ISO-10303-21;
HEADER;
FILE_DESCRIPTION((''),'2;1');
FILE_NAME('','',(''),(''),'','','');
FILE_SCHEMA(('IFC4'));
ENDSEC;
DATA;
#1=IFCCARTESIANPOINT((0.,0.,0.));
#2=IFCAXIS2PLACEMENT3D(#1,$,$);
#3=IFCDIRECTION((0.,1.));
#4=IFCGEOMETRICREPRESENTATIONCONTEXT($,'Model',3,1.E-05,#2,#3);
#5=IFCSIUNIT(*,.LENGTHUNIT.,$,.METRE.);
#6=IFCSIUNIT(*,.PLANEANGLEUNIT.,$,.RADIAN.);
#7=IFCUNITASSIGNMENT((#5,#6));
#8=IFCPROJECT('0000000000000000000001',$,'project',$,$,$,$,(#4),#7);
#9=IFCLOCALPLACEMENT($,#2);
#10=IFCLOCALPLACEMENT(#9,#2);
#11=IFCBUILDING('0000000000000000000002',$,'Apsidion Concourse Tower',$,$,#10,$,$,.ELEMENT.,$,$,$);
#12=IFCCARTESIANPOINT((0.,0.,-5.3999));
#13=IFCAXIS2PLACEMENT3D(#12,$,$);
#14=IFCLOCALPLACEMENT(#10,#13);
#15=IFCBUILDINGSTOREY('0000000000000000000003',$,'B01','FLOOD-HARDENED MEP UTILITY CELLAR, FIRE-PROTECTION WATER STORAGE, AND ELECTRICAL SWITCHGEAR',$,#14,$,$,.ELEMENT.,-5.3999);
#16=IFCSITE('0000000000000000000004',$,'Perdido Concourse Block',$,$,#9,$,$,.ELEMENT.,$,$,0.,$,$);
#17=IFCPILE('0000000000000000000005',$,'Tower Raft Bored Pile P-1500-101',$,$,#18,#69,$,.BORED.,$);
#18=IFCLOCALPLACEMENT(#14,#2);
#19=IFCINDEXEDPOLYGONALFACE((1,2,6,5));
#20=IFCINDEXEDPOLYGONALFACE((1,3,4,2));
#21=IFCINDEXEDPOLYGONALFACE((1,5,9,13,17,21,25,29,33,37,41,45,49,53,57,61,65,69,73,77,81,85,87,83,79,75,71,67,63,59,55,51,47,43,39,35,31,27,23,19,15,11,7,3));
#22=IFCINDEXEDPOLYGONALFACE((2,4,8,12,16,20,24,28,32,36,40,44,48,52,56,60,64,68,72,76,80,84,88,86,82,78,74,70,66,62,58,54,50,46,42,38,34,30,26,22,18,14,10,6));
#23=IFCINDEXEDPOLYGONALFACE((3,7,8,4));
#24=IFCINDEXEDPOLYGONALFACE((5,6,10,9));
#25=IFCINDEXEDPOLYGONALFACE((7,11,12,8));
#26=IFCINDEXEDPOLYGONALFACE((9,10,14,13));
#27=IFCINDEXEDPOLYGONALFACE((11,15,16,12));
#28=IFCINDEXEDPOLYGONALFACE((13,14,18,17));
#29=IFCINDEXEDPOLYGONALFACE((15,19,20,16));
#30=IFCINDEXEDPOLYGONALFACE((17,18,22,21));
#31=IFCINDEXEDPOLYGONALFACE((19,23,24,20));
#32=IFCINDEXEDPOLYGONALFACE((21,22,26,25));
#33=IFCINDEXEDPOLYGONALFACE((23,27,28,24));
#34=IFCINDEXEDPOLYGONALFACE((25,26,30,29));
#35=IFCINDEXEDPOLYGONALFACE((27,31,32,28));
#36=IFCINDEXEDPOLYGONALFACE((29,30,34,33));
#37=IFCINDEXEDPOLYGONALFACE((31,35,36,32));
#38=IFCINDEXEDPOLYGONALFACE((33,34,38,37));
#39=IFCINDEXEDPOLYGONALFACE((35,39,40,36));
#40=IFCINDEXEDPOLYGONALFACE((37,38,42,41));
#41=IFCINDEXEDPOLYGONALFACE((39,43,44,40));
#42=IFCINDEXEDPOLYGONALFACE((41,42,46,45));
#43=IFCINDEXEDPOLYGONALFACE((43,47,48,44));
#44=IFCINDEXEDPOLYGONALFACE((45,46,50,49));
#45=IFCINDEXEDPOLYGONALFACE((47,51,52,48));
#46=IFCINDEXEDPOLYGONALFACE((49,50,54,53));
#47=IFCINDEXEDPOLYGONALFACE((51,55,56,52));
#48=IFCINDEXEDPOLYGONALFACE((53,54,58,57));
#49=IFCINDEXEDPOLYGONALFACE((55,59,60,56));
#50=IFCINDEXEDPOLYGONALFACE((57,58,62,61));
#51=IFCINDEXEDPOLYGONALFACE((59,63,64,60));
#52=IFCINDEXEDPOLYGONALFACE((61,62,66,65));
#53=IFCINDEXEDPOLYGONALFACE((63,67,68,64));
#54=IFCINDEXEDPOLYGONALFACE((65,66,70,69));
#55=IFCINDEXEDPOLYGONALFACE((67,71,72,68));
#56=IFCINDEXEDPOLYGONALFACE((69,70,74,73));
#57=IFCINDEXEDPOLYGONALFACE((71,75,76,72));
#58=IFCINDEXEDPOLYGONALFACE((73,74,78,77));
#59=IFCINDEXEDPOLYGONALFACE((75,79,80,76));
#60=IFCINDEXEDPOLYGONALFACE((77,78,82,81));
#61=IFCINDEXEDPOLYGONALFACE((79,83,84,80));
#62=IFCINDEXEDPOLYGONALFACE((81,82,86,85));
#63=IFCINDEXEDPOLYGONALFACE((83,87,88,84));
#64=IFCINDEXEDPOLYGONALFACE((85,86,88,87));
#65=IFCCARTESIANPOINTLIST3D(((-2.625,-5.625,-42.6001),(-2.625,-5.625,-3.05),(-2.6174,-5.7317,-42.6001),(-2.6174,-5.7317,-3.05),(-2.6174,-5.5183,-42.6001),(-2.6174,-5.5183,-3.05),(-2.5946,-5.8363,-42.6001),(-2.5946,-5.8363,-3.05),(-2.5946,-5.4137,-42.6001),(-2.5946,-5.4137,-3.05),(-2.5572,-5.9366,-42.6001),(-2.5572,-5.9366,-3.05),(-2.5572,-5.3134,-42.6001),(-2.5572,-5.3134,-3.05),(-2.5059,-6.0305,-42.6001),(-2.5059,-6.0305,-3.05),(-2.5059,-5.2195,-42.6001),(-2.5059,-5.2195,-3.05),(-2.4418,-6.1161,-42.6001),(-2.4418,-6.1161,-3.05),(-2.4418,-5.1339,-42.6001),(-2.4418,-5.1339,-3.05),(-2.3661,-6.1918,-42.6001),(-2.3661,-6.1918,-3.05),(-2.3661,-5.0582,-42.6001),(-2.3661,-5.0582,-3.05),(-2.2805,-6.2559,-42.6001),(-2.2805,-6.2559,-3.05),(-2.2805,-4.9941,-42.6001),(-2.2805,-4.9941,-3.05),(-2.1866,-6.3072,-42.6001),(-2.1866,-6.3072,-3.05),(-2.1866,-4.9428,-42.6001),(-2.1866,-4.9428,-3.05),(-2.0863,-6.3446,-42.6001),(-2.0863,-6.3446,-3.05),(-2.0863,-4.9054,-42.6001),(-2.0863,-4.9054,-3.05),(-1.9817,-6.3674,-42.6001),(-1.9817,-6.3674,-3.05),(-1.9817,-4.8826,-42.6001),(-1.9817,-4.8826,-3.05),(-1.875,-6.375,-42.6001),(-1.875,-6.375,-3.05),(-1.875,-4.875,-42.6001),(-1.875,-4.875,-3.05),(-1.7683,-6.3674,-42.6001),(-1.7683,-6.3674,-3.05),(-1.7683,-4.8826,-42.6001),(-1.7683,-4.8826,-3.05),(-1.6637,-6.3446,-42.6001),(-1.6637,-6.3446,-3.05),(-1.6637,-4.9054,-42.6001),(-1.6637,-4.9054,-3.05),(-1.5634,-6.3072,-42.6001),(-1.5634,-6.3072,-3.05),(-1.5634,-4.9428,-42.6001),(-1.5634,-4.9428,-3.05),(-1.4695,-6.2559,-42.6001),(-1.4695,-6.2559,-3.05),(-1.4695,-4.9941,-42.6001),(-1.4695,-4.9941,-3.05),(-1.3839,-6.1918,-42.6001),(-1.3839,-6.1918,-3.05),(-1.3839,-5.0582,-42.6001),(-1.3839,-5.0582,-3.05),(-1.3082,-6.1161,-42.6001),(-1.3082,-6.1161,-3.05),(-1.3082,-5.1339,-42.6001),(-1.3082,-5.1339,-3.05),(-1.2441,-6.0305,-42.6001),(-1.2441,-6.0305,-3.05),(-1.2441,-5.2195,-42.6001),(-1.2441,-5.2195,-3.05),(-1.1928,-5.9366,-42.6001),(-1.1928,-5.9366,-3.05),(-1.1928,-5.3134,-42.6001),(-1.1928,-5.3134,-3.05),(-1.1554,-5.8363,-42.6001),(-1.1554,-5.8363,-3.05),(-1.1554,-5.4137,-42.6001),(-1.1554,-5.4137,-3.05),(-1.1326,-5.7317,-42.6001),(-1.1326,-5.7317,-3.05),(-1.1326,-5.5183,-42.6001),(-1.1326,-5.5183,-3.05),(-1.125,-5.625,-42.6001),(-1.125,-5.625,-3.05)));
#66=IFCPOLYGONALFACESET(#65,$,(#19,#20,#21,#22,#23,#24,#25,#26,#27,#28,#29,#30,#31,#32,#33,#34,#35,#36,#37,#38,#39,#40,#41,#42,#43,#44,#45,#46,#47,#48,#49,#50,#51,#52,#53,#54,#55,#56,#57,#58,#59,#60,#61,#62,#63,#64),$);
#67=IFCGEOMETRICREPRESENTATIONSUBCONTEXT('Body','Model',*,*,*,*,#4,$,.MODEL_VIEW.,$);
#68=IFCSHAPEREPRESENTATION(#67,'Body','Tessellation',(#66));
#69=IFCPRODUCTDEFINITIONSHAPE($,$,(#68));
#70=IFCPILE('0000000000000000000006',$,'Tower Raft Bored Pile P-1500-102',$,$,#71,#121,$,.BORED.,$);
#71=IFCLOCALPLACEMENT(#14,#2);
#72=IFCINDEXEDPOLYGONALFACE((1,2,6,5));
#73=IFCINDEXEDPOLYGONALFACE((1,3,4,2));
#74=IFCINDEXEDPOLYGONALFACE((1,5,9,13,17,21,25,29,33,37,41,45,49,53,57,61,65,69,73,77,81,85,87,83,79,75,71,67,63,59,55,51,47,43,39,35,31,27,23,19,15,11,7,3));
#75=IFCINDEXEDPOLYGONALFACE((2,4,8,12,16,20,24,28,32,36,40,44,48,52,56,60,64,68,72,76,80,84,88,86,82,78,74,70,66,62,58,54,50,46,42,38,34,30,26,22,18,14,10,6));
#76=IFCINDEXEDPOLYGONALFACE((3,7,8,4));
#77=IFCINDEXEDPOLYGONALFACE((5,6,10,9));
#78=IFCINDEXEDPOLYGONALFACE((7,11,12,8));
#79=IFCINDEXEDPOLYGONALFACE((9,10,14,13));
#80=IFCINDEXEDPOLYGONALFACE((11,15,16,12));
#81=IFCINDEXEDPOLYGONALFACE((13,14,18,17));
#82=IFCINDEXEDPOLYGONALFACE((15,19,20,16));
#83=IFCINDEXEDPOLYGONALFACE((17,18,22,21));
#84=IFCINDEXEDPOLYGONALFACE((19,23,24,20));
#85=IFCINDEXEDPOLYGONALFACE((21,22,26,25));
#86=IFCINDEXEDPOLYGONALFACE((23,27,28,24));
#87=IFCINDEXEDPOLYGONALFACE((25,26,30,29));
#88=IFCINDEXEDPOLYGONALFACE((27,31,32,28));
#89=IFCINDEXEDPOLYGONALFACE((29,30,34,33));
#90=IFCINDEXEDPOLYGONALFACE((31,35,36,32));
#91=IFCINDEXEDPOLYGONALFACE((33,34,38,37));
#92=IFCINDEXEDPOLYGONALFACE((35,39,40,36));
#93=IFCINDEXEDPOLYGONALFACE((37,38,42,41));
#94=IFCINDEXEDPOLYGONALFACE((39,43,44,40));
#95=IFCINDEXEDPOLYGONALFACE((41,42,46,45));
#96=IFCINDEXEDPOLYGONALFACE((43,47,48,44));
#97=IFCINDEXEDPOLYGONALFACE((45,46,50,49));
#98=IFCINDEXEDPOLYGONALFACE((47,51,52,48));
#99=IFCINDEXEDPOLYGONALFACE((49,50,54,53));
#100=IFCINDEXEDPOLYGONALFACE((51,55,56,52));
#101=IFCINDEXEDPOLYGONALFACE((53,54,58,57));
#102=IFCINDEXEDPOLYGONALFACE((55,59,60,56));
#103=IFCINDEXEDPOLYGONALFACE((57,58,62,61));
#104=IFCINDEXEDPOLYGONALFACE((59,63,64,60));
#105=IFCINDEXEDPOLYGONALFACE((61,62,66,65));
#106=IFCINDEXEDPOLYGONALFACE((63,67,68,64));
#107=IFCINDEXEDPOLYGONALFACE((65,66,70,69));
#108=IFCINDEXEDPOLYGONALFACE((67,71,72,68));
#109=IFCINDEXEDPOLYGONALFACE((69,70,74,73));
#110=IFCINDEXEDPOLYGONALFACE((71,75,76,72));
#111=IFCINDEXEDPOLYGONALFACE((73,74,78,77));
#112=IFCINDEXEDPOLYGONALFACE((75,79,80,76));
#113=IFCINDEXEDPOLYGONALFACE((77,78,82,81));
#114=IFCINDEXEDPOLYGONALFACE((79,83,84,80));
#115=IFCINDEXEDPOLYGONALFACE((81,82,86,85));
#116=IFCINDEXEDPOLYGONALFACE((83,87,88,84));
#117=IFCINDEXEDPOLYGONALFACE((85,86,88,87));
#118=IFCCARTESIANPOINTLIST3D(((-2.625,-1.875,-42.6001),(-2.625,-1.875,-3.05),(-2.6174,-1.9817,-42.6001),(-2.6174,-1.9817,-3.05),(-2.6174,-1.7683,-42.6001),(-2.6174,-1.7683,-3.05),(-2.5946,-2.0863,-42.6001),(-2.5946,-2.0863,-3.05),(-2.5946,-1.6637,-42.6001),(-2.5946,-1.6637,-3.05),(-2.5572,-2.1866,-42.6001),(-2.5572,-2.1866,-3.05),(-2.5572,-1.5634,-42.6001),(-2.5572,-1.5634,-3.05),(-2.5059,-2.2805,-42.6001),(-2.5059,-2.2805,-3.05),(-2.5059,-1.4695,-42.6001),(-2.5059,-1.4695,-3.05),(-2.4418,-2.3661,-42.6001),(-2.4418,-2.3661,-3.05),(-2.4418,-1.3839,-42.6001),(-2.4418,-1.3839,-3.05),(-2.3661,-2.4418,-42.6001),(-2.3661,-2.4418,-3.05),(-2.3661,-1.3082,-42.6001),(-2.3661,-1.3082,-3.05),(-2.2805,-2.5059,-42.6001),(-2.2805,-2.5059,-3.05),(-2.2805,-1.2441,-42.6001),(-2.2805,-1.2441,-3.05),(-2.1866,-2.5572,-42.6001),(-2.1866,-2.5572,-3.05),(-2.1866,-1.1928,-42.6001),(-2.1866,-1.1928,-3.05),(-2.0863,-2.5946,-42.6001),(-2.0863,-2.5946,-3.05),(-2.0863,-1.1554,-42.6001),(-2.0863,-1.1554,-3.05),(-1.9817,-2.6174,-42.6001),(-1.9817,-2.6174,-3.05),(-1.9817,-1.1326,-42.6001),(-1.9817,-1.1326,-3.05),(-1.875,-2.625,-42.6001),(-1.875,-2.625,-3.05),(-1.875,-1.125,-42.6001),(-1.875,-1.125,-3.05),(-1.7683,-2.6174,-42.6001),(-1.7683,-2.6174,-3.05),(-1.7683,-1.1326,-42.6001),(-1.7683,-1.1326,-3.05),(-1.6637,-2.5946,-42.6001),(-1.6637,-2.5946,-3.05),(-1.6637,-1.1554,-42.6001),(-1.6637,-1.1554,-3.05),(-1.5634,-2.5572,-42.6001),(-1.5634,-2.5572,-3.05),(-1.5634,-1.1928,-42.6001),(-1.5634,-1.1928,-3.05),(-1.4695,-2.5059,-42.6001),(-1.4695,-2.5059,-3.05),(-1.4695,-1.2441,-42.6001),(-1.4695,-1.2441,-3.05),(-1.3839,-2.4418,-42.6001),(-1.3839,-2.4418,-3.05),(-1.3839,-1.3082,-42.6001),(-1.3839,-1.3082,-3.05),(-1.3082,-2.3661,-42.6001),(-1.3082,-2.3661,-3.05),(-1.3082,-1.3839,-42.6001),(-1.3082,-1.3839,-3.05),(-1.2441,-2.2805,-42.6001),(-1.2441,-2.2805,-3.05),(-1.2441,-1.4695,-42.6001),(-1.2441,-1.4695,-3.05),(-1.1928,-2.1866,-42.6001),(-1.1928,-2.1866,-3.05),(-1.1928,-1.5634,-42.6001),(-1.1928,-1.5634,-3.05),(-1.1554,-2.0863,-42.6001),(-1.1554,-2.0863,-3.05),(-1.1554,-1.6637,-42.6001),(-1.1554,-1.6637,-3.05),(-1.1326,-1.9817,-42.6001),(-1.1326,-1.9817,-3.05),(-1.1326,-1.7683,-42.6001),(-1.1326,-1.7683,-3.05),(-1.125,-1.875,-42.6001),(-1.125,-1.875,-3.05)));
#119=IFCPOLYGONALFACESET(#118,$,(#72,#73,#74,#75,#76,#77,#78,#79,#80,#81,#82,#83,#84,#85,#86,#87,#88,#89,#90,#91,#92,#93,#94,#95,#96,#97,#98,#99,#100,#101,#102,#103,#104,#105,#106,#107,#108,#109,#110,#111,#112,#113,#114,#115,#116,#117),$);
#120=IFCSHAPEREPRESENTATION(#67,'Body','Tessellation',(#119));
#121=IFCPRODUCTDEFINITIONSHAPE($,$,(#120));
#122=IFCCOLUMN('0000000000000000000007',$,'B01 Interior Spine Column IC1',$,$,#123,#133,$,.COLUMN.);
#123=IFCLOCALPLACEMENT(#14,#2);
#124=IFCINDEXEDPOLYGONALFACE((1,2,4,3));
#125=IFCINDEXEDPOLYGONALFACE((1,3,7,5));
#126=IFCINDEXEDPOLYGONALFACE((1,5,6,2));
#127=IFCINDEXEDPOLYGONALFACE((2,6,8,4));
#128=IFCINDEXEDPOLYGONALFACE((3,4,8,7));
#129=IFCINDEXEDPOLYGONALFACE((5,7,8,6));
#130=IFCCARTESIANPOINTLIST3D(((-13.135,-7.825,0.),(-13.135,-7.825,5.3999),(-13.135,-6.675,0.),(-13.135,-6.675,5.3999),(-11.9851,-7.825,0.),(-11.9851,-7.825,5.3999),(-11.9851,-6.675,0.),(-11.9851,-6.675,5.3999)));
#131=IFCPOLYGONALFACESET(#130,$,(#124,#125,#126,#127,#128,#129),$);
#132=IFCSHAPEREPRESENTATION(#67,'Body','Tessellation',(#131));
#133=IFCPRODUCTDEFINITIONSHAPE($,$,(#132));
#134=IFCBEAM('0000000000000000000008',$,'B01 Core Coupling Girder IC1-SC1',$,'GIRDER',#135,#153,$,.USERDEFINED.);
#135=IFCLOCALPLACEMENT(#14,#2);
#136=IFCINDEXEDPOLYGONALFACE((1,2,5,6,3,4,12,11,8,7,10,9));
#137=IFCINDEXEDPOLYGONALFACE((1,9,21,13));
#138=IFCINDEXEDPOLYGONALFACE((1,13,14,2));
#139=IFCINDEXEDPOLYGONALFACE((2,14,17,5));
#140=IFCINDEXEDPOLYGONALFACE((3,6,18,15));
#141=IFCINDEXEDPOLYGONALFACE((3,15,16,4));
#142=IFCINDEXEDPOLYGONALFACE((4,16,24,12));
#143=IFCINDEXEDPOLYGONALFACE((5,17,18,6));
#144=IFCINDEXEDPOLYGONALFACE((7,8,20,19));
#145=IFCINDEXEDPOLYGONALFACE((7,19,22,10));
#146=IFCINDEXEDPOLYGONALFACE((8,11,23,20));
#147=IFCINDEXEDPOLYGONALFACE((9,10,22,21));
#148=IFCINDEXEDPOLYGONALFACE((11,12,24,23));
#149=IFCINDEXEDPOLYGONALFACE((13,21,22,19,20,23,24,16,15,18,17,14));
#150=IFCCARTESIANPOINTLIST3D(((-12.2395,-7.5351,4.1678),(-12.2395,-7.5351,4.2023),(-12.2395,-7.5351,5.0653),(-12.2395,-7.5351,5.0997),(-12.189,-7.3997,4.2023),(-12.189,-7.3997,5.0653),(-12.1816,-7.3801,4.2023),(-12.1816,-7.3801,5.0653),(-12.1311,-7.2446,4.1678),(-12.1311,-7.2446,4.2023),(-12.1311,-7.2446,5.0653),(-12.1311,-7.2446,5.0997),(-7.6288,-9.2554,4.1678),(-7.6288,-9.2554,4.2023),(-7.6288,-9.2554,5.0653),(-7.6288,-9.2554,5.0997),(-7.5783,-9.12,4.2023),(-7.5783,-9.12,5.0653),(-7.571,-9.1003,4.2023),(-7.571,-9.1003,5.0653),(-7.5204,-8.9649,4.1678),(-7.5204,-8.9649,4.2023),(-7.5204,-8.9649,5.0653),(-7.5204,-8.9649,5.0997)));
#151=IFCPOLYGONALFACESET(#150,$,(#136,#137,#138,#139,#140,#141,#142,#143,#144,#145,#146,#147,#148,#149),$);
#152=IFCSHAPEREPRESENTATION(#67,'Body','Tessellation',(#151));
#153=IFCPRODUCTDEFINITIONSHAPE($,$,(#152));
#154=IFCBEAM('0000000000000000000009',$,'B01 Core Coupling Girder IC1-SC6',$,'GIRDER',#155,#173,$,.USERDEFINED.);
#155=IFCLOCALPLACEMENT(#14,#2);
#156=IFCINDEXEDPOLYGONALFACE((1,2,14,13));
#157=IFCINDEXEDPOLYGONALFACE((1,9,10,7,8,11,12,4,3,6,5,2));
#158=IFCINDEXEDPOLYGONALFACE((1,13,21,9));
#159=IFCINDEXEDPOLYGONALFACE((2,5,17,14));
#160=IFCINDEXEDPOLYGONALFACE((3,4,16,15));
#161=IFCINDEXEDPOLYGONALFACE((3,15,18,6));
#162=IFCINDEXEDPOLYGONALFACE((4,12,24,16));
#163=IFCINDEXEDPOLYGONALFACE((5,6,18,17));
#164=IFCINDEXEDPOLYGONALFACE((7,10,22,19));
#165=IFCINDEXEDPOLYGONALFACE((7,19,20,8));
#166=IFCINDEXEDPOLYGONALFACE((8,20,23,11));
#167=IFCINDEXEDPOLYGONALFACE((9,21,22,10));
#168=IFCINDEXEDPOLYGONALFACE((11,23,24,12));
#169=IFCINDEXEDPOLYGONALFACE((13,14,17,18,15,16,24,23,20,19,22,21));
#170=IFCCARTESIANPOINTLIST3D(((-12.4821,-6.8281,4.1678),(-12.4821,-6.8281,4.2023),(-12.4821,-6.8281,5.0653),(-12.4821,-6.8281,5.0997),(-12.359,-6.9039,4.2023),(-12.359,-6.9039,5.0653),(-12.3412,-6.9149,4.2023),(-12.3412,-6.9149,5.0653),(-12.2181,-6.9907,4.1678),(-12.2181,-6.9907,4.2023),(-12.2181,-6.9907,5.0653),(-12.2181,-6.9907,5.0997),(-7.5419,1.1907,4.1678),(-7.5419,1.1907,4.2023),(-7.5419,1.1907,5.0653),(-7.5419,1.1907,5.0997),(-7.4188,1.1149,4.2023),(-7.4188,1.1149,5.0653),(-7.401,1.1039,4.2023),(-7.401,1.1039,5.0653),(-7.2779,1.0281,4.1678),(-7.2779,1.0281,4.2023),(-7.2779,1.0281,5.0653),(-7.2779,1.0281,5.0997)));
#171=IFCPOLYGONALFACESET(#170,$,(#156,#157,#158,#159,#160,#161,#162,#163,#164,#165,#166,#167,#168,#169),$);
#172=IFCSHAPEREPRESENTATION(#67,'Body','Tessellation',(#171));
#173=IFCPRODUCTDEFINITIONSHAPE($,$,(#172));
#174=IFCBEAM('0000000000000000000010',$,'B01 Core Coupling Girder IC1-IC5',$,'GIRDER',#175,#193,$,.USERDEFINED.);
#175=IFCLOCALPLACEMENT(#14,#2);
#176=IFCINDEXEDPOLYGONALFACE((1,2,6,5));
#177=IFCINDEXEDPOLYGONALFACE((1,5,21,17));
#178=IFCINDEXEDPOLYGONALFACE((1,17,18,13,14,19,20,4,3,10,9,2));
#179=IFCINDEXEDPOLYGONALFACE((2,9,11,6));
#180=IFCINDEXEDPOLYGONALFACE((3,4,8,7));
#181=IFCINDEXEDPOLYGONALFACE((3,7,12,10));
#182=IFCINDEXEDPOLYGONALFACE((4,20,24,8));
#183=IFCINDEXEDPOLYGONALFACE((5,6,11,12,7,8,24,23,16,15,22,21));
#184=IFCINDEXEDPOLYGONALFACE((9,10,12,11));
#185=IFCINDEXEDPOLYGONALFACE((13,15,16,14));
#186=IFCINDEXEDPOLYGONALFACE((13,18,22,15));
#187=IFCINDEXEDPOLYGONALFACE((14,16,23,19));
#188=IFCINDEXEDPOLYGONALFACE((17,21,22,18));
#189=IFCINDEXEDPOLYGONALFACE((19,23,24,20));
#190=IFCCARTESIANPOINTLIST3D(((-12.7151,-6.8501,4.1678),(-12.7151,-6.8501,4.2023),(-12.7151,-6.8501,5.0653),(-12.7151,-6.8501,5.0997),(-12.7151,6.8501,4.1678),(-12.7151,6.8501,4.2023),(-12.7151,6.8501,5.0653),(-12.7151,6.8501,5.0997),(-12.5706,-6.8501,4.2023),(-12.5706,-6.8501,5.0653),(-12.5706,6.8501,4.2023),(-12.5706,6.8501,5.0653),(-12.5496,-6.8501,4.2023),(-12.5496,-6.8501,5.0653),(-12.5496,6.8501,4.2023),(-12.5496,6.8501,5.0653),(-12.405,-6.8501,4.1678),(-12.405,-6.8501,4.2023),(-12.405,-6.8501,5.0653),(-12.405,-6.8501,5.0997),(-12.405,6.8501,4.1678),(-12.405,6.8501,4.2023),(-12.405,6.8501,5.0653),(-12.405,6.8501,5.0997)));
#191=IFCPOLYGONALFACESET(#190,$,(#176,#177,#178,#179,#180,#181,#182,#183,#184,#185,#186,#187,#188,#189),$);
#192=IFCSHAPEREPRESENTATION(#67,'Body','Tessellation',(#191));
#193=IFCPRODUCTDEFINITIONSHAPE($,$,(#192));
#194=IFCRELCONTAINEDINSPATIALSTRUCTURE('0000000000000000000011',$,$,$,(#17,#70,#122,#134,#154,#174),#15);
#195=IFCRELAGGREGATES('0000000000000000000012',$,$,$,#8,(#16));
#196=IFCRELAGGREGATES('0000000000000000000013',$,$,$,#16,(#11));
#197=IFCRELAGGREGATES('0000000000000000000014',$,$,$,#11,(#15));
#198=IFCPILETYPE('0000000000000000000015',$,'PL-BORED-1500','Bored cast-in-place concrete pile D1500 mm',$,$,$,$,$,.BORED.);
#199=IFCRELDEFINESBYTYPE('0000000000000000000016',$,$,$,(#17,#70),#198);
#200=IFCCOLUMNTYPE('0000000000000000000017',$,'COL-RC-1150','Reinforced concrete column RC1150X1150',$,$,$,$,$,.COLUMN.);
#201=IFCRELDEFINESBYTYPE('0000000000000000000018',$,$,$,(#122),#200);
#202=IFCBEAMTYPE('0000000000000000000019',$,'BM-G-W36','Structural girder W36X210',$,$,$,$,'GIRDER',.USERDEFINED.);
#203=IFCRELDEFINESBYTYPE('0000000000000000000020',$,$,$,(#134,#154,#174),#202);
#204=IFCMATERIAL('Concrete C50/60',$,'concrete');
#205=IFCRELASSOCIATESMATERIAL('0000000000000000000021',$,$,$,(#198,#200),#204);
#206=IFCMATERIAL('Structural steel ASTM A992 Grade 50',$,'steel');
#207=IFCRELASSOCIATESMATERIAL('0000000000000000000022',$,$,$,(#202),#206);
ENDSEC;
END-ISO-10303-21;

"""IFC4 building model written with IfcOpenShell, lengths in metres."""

from ifc_helpers import new_model, si_unit, direction, frame, origin, origin_2d, place, context, subcontext, project, spatial, rectangle, circle, i_section, extrude, material, material_profile, profile_set, type_object, element, save


model = new_model("IFC4")

# Units and contexts
model_context = context("Model", 3, precision=1e-05, world=origin(), true_north=direction((0.0, 1.0)))
body_context = subcontext(model_context, "Body", "Model", "MODEL_VIEW")
ifc_project = project(units=[si_unit("LENGTHUNIT", "METRE"), si_unit("PLANEANGLEUNIT", "RADIAN")], contexts=[model_context])

# Site, building, storey
site_placement = place(None, origin())
site = spatial("IfcSite", under=ifc_project, at=site_placement, Name="Perdido Concourse Block", CompositionType="ELEMENT", RefElevation=0.0)
building_placement = place(site_placement, origin())
building = spatial("IfcBuilding", under=site, at=building_placement, Name="Apsidion Concourse Tower", CompositionType="ELEMENT")
storey_placement = place(building_placement, frame((0.0, 0.0, -5.3999)))
storey = spatial("IfcBuildingStorey", under=building, at=storey_placement, Name="B01", Description="FLOOD-HARDENED MEP UTILITY CELLAR, FIRE-PROTECTION WATER STORAGE, AND ELECTRICAL SWITCHGEAR", CompositionType="ELEMENT", Elevation=-5.3999)

# Shared definitions
ifc_material_1 = material(Name="Concrete C50/60", Category="concrete")

# Piles
ifc_material_profile_1 = material_profile(ifc_material_1, circle(Radius=0.75, at=origin_2d()), Name="BORED PILE D1500")
ifc_profile_set_1 = profile_set([ifc_material_profile_1], Name="Concrete C50/60")
pile_type = type_object("IfcPileType", Name="PL-BORED-1500", Description="Bored cast-in-place concrete pile D1500 mm", PredefinedType="BORED", material=ifc_profile_set_1)
for number, where, z_axis, x_axis, name in (
    (1, (-1.875, -5.625, -3.05), (0.0, 0.0, -1.0), (1.0, 0.0, 0.0), "Tower Raft Bored Pile P-1500-101"),
    (2, (-1.875, -1.875, -3.05), (0.0, 0.0, -1.0), (1.0, 0.0, 0.0), "Tower Raft Bored Pile P-1500-102"),
):
    element("IfcPile", number, at=place(storey_placement, frame(where, z_axis=z_axis, x_axis=x_axis)), inside=storey, type_object=pile_type, Name=name, PredefinedType="BORED", context=body_context, shape_type="SweptSolid", body=[
        extrude(circle(Radius=0.75, at=origin_2d()), origin(), (0.0, 0.0, 1.0), 39.55),
    ])

# Column
ifc_material_profile_2 = material_profile(ifc_material_1, rectangle(XDim=1.1499, YDim=1.1499, at=origin_2d()), Name="RC 1150x1150")
ifc_profile_set_2 = profile_set([ifc_material_profile_2], Name="Concrete C50/60")
column_type = type_object("IfcColumnType", Name="COL-RC-1150", Description="Reinforced concrete column RC1150X1150", PredefinedType="COLUMN", material=ifc_profile_set_2)
column_placement = place(storey_placement, frame((-12.5601, -7.25, 0.0), z_axis=(0.0, 0.0, 1.0), x_axis=(1.0, 0.0, 0.0)))
element("IfcColumn", 3, at=column_placement, inside=storey, type_object=column_type, Name="B01 Interior Spine Column IC1", PredefinedType="COLUMN", context=body_context, shape_type="SweptSolid", body=[
    extrude(rectangle(XDim=1.1499, YDim=1.1499, at=origin_2d()), origin(), (0.0, 0.0, 1.0), 5.3999),
])

# Beams
ifc_material_2 = material(Name="Structural steel ASTM A992 Grade 50", Category="steel")
ifc_material_profile_3 = material_profile(ifc_material_2, i_section(OverallWidth=0.3101, OverallDepth=0.9319, WebThickness=0.021, FlangeThickness=0.0344, at=origin_2d()), Name="W36X210")
ifc_profile_set_3 = profile_set([ifc_material_profile_3], Name="Structural steel ASTM A992 Grade 50")
beam_type = type_object("IfcBeamType", Name="BM-G-W36", Description="Structural girder W36X210", ElementType="GIRDER", PredefinedType="USERDEFINED", material=ifc_profile_set_3)
beam_1_placement = place(storey_placement, frame((-12.1853, -7.3899, 4.6338), z_axis=(0.936913, -0.349563, 0.0), x_axis=(0.349563, 0.936913, 0.0)))
element("IfcBeam", 4, at=beam_1_placement, inside=storey, type_object=beam_type, Name="B01 Core Coupling Girder IC1-SC1", ObjectType="GIRDER", PredefinedType="USERDEFINED", context=body_context, shape_type="SweptSolid", body=[
    extrude(i_section(OverallWidth=0.3101, OverallDepth=0.9319, WebThickness=0.021, FlangeThickness=0.0344, at=origin_2d()), origin(), (0.0, 0.0, 1.0), 4.9211),
])
beam_2_placement = place(storey_placement, frame((-12.3501, -6.9094, 4.6338), z_axis=(0.524524, 0.851396, 0.0), x_axis=(-0.851396, 0.524524, 0.0)))
element("IfcBeam", 5, at=beam_2_placement, inside=storey, type_object=beam_type, Name="B01 Core Coupling Girder IC1-SC6", ObjectType="GIRDER", PredefinedType="USERDEFINED", context=body_context, shape_type="SweptSolid", body=[
    extrude(i_section(OverallWidth=0.3101, OverallDepth=0.9319, WebThickness=0.021, FlangeThickness=0.0344, at=origin_2d()), origin(), (0.0, 0.0, 1.0), 9.4185),
])
beam_3_placement = place(storey_placement, frame((-12.5601, -6.8501, 4.6338), z_axis=(0.0, 1.0, 0.0), x_axis=(-1.0, 0.0, 0.0)))
element("IfcBeam", 6, at=beam_3_placement, inside=storey, type_object=beam_type, Name="B01 Core Coupling Girder IC1-IC5", ObjectType="GIRDER", PredefinedType="USERDEFINED", context=body_context, shape_type="SweptSolid", body=[
    extrude(i_section(OverallWidth=0.3101, OverallDepth=0.9319, WebThickness=0.021, FlangeThickness=0.0344, at=origin_2d()), origin(), (0.0, 0.0, 1.0), 13.7002),
])

save(model, "model.ifc")
